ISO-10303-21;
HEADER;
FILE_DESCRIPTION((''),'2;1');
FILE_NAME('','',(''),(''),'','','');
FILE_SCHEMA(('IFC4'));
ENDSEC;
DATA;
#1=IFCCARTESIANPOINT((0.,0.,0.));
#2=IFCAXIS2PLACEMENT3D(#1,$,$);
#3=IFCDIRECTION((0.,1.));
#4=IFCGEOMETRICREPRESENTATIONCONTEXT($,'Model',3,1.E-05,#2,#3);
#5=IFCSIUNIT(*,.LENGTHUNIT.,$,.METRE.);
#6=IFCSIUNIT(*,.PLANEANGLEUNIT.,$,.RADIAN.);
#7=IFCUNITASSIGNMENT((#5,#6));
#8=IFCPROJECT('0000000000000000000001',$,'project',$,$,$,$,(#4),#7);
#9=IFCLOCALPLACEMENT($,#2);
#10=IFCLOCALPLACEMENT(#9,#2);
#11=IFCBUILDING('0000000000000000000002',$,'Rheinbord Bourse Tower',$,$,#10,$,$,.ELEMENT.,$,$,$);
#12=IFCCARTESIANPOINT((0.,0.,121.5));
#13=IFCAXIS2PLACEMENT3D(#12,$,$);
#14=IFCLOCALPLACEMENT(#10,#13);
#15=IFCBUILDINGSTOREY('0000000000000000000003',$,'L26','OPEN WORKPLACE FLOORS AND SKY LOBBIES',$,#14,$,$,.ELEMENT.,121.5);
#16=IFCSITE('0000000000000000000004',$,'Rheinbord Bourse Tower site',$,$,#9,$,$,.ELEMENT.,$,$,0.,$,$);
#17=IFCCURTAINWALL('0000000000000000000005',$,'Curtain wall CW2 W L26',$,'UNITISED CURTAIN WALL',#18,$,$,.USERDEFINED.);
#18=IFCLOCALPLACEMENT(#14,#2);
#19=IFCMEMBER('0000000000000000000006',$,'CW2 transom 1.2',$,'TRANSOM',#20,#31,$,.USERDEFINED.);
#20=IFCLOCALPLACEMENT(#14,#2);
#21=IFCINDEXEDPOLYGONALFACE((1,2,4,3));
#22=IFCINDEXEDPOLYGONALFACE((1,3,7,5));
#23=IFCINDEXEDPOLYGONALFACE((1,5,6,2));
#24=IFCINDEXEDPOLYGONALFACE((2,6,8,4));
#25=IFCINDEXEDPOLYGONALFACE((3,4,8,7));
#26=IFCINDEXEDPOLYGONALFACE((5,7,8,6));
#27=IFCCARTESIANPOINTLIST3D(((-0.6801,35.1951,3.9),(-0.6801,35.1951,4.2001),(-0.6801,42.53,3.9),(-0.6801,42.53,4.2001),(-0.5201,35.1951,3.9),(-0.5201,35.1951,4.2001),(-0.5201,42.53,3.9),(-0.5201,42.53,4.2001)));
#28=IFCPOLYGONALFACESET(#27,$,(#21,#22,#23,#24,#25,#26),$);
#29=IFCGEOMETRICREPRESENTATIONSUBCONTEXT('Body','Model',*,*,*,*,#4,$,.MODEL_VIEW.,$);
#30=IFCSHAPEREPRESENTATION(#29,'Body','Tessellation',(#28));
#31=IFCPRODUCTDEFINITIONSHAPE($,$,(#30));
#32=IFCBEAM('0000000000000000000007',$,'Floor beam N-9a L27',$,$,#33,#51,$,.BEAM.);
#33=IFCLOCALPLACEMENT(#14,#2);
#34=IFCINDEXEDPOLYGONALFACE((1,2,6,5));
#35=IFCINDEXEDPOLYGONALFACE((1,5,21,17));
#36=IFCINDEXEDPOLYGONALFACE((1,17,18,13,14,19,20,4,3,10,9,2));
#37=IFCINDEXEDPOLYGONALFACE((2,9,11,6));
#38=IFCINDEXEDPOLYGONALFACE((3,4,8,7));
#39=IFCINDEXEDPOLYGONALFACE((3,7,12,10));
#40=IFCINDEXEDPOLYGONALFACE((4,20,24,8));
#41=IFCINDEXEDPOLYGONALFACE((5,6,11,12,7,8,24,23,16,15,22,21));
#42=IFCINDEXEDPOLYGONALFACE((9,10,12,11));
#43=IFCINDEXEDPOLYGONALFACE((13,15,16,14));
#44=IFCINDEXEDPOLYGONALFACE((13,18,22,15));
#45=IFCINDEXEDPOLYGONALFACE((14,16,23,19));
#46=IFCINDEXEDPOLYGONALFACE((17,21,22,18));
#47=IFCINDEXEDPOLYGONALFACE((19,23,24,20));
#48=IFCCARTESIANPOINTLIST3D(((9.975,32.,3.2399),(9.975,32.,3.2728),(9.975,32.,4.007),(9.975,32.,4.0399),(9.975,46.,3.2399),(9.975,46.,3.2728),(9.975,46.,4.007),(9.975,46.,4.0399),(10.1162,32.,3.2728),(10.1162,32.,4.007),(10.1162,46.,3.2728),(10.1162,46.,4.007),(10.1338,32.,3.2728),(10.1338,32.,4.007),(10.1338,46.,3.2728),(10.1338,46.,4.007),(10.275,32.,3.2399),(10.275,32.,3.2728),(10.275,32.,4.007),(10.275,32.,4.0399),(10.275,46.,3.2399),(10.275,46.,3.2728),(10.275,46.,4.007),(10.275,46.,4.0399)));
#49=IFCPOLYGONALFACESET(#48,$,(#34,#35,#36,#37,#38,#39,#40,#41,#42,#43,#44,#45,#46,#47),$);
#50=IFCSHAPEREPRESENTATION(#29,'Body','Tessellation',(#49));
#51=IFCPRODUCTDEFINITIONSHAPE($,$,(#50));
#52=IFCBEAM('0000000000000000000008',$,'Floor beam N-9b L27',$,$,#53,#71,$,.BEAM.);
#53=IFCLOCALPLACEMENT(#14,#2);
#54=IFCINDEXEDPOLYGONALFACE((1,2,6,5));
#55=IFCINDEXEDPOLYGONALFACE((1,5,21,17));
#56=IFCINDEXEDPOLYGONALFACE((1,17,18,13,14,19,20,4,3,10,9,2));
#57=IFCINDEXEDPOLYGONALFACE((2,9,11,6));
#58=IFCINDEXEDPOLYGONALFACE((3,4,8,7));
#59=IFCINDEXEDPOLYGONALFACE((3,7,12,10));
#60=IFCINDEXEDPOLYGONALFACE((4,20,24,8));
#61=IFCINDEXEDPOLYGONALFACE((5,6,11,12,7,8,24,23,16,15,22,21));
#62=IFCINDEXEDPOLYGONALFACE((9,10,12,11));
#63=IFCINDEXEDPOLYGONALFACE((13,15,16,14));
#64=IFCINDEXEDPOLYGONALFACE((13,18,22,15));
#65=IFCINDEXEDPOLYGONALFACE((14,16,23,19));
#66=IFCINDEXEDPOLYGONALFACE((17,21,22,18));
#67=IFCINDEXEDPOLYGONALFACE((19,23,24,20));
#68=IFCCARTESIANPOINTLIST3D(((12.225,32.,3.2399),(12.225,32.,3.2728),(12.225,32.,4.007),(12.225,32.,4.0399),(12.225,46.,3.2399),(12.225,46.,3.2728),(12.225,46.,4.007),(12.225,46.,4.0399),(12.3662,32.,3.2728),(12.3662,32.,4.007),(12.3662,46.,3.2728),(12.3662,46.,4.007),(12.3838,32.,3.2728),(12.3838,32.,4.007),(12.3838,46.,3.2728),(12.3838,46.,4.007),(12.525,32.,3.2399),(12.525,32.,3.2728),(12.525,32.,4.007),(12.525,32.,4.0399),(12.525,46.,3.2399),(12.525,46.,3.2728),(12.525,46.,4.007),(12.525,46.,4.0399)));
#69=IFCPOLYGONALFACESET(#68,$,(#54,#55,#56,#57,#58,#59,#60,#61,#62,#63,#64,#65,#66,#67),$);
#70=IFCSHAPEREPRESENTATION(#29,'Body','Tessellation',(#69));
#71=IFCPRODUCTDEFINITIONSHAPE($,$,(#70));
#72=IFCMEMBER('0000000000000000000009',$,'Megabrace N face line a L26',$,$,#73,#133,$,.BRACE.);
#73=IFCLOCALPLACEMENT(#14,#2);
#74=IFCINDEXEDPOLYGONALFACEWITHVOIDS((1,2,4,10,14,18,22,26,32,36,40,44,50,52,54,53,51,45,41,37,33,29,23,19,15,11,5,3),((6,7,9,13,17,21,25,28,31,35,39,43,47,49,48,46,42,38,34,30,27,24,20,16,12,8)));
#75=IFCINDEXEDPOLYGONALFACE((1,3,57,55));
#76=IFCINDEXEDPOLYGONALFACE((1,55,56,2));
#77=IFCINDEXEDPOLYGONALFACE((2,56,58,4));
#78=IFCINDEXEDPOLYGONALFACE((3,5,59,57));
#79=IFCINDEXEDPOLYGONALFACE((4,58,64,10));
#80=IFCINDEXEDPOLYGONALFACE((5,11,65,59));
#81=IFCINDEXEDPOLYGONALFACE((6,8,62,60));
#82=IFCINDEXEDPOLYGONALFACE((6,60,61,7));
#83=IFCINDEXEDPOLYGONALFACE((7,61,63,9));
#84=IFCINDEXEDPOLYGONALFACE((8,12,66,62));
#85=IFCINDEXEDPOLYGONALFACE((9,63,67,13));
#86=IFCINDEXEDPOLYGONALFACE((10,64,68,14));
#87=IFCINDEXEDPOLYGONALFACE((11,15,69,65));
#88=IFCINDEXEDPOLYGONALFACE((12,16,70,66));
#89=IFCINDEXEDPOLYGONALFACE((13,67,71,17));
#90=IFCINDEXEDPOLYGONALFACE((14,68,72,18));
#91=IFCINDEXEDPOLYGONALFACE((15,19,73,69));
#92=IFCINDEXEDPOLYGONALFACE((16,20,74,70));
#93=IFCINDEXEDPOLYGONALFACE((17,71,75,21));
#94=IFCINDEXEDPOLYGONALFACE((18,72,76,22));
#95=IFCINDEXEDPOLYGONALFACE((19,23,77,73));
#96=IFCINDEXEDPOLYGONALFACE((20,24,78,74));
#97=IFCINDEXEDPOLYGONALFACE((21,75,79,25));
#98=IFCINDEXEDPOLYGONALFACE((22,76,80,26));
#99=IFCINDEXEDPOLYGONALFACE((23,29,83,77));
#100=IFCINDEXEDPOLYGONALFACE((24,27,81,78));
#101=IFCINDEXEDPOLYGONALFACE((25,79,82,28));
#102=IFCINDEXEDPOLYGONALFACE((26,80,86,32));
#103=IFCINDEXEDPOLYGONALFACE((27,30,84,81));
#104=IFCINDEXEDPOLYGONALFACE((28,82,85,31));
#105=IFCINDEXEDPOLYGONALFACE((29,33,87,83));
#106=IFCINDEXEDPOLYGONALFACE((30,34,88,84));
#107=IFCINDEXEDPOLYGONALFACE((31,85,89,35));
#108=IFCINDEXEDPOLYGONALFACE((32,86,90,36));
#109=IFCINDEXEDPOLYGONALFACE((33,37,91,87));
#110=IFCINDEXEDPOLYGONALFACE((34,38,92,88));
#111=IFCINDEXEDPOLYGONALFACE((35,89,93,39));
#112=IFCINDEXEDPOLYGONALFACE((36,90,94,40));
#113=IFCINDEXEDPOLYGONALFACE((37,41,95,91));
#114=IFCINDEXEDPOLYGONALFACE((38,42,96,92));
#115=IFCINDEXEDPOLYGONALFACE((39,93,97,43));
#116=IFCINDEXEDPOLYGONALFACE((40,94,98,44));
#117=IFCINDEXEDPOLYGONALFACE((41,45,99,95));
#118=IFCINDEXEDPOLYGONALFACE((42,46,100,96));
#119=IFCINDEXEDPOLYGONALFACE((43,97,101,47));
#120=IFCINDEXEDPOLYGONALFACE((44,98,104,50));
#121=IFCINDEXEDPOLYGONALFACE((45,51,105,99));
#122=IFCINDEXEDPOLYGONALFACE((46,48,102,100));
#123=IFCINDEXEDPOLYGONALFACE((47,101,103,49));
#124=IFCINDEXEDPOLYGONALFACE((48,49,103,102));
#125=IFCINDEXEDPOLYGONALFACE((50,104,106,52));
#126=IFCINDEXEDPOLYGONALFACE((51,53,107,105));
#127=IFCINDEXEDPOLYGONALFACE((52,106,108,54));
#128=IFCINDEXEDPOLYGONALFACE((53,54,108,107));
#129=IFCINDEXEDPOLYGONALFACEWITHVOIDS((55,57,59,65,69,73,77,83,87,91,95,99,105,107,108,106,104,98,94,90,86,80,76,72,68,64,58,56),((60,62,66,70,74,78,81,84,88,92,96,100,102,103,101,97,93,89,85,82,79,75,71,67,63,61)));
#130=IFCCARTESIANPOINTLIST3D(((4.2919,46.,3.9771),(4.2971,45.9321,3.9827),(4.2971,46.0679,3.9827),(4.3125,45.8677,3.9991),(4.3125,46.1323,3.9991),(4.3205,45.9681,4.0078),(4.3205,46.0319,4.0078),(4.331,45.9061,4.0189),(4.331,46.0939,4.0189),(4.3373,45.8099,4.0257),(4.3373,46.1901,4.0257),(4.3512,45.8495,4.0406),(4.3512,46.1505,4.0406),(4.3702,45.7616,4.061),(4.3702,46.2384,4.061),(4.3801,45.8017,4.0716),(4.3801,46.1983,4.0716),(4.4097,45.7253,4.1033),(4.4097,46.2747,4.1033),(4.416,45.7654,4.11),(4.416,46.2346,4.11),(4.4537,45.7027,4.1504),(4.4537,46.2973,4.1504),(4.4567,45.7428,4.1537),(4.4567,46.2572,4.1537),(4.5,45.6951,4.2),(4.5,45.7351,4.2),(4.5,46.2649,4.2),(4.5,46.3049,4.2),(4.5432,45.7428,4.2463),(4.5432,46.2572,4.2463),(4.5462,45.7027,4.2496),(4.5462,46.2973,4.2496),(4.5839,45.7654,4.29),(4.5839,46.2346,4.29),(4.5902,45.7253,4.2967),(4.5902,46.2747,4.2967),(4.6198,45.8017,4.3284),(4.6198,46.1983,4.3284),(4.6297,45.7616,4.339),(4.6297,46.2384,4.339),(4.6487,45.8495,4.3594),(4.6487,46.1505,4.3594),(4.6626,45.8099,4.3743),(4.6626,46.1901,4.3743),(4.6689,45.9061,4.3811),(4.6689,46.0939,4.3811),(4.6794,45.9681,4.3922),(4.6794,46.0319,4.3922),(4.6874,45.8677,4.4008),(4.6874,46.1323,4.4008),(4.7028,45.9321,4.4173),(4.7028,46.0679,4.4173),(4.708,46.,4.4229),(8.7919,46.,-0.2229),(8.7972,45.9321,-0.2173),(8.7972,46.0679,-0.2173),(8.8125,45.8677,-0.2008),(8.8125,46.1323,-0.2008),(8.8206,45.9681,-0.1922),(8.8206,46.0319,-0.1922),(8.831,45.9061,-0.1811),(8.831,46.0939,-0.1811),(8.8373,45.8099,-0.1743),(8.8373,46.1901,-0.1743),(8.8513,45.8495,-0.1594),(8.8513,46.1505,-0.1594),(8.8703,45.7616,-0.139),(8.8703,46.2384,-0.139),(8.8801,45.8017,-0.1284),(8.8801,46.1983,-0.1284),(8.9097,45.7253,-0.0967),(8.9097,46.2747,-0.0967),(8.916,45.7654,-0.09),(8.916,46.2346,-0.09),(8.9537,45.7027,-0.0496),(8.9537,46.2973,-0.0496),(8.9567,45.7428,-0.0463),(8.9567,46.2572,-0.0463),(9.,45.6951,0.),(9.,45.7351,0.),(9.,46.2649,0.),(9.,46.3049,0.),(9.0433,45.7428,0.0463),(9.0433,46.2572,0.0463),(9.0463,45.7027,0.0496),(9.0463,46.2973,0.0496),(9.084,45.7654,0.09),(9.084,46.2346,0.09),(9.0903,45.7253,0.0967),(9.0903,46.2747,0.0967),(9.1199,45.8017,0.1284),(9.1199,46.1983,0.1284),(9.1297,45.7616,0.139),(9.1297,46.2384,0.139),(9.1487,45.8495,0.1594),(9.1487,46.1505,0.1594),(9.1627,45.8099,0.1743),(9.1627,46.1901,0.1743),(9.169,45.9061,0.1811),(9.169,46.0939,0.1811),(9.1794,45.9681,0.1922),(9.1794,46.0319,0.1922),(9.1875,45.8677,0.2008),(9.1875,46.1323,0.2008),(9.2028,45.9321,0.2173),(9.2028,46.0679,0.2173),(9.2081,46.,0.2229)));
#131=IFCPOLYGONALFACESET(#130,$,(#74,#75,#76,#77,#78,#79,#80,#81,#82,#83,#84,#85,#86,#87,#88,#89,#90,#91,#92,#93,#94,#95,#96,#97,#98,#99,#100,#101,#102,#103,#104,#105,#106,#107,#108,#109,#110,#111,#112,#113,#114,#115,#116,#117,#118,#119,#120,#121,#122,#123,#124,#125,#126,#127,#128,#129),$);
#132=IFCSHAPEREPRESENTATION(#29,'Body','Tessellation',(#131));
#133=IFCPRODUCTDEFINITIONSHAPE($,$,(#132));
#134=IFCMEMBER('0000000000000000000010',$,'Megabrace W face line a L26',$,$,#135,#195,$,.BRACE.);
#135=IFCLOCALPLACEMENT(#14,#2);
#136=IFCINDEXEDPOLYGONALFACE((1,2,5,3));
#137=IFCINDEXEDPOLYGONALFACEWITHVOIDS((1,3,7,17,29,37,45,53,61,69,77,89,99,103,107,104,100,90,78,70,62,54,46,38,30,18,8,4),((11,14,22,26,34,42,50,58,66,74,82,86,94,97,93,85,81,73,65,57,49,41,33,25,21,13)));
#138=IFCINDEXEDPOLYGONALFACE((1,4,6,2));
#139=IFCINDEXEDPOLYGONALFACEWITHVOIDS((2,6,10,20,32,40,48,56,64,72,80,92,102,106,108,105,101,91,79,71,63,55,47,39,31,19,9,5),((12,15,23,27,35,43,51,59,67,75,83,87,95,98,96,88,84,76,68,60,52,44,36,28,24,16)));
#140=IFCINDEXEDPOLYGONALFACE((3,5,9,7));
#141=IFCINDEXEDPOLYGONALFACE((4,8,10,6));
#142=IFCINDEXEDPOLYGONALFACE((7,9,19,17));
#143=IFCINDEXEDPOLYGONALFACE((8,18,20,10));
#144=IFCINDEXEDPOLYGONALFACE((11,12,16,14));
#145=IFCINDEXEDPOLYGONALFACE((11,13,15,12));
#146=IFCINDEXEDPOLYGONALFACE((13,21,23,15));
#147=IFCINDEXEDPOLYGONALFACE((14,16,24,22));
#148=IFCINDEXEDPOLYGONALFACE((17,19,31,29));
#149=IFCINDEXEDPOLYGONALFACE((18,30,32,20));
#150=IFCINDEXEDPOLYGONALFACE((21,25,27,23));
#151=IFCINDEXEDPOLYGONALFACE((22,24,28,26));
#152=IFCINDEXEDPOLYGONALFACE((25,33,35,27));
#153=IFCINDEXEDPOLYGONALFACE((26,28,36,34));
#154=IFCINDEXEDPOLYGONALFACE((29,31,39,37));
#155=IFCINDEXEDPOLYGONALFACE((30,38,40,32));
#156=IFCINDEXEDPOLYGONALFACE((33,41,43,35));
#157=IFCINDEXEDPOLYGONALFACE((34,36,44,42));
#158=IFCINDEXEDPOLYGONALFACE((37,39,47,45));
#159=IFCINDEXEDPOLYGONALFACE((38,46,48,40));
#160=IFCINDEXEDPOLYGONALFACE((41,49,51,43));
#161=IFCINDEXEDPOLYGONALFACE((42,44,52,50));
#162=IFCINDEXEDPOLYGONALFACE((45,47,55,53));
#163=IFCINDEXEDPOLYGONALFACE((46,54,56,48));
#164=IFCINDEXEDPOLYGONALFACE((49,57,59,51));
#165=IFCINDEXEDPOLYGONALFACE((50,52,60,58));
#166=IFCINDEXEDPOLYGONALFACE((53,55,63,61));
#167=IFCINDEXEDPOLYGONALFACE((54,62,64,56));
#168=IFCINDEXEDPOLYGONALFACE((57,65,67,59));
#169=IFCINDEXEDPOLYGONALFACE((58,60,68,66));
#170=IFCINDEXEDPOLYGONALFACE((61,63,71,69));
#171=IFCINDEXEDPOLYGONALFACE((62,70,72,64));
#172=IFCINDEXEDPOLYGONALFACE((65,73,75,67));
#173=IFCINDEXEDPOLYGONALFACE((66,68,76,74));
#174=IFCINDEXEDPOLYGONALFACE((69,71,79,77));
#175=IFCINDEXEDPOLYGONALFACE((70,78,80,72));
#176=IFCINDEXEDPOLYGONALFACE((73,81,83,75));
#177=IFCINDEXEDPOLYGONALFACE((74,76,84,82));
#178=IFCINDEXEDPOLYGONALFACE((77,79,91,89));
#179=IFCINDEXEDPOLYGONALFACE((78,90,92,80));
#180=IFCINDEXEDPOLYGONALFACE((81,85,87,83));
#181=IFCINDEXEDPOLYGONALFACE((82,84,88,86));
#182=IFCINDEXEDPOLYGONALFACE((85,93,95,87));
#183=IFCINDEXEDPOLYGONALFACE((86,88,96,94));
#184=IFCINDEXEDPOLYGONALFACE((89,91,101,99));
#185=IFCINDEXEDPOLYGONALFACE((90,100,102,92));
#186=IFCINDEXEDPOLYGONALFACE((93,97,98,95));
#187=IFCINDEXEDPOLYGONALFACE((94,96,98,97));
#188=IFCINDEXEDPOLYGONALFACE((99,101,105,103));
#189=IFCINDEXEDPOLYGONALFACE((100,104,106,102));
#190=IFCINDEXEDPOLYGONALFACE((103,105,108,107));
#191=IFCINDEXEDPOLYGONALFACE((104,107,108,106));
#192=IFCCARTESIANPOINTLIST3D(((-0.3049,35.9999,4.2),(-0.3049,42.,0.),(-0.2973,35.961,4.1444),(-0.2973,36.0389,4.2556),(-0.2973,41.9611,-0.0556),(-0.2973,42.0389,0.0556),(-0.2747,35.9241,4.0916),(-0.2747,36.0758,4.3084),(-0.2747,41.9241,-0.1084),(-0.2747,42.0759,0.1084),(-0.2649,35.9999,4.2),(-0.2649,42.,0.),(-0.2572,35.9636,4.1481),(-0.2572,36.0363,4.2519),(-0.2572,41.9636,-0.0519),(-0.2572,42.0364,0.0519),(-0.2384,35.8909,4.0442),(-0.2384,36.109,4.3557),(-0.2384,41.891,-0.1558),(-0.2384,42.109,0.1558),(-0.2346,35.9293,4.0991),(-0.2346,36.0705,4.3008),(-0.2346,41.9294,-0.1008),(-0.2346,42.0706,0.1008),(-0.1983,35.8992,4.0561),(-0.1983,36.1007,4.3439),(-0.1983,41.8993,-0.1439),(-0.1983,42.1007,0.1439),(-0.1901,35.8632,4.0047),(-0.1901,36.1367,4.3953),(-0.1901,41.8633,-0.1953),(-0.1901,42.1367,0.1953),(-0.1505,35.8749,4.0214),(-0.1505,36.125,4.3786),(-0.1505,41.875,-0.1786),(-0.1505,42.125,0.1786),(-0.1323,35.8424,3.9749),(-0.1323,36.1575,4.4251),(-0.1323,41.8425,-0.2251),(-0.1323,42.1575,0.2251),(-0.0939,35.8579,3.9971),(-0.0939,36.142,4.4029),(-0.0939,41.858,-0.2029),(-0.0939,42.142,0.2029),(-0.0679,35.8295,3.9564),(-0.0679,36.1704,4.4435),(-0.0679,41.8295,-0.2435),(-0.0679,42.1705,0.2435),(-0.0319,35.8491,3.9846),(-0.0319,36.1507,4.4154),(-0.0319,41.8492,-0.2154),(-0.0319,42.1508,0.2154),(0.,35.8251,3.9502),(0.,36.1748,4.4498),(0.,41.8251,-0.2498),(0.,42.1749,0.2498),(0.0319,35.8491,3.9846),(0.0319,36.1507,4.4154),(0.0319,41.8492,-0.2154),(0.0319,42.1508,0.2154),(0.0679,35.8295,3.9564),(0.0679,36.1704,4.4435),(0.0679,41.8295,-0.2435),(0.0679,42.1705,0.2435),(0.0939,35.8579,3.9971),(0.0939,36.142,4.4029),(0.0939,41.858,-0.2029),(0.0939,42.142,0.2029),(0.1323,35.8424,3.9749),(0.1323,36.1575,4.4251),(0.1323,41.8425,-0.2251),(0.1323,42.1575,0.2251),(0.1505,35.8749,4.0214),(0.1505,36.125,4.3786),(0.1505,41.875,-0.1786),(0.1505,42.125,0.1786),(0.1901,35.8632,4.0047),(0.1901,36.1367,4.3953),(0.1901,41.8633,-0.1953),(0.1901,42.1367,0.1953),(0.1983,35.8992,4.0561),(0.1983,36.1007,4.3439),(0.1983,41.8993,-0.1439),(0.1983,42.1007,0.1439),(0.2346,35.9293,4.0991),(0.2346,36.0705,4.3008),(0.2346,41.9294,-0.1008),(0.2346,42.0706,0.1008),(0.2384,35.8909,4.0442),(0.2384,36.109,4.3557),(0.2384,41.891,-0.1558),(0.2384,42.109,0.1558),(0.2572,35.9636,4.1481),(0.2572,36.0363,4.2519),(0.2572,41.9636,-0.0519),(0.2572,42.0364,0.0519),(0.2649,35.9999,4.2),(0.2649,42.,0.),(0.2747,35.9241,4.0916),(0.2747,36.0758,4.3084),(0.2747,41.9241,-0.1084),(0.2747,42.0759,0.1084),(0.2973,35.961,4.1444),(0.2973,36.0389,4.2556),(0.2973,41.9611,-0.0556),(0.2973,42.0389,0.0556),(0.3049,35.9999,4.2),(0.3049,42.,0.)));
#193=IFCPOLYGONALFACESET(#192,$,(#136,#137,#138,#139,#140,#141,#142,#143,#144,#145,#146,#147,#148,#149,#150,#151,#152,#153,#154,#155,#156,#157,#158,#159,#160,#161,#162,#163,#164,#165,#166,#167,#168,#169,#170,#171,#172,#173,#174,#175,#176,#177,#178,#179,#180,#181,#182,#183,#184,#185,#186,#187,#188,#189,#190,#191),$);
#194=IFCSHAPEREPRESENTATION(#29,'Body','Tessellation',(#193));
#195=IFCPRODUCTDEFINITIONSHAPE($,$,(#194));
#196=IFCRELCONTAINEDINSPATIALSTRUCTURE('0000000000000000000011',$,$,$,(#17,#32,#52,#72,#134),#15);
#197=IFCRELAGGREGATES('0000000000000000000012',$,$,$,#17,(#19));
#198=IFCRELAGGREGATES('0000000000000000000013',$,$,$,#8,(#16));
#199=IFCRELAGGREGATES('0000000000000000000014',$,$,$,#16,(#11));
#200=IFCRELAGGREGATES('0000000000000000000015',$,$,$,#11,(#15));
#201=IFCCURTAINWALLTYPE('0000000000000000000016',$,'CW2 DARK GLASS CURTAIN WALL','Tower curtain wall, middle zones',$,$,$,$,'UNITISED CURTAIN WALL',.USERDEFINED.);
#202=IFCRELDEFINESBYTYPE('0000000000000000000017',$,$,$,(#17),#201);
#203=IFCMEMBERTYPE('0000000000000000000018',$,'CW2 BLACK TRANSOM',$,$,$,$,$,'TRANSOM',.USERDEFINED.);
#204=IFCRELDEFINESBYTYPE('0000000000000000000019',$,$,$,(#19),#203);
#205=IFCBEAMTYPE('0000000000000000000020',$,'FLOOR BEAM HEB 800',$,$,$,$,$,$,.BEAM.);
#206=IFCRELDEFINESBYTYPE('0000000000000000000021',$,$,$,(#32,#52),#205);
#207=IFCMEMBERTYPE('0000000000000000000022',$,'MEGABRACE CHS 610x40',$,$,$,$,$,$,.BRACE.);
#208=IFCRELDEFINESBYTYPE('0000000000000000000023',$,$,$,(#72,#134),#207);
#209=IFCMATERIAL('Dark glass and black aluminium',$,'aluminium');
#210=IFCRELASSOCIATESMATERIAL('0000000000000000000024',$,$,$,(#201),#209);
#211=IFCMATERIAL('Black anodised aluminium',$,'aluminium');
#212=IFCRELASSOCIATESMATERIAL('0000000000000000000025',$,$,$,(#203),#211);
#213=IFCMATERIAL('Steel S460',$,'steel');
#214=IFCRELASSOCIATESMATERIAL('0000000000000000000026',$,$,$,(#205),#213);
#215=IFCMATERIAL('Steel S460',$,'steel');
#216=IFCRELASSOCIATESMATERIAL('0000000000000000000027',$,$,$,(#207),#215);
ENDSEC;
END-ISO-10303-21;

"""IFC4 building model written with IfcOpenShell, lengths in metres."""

from ifc_helpers import new_model, si_unit, direction, frame, origin, origin_2d, place, context, subcontext, project, spatial, rectangle, hollow_circle, i_section, extrude, material, material_profile, profile_set, type_object, element, aggregate, save


model = new_model("IFC4")

# Units and contexts
model_context = context("Model", 3, precision=1e-05, world=origin(), true_north=direction((0.0, 1.0)))
body_context = subcontext(model_context, "Body", "Model", "MODEL_VIEW")
ifc_project = project(units=[si_unit("LENGTHUNIT", "METRE"), si_unit("PLANEANGLEUNIT", "RADIAN")], contexts=[model_context])

# Site, building, storey
site_placement = place(None, origin())
site = spatial("IfcSite", under=ifc_project, at=site_placement, Name="Rheinbord Bourse Tower site", CompositionType="ELEMENT", RefElevation=0.0)
building_placement = place(site_placement, origin())
building = spatial("IfcBuilding", under=site, at=building_placement, Name="Rheinbord Bourse Tower", CompositionType="ELEMENT")
storey_placement = place(building_placement, frame((0.0, 0.0, 121.5)))
storey = spatial("IfcBuildingStorey", under=building, at=storey_placement, Name="L26", Description="OPEN WORKPLACE FLOORS AND SKY LOBBIES", CompositionType="ELEMENT", Elevation=121.5)

# Shared definitions
ifc_material_1 = material(Name="Dark glass and black aluminium", Category="aluminium")
curtain_wall_type = type_object("IfcCurtainWallType", Name="CW2 DARK GLASS CURTAIN WALL", Description="Tower curtain wall, middle zones", ElementType="UNITISED CURTAIN WALL", PredefinedType="USERDEFINED", material=ifc_material_1)

# Curtain wall
curtain_wall_1_placement = place(storey_placement, origin())
curtain_wall_1 = element("IfcCurtainWall", 1, at=curtain_wall_1_placement, inside=storey, type_object=curtain_wall_type, Name="Curtain wall CW2 W L26", ObjectType="UNITISED CURTAIN WALL", PredefinedType="USERDEFINED")

# Member
ifc_material_2 = material(Name="Black anodised aluminium", Category="aluminium")
ifc_material_profile_1 = material_profile(ifc_material_2, rectangle(XDim=0.1599, YDim=0.3, at=origin_2d()), Name="CW2 TRANSOM 300x160")
ifc_profile_set_1 = profile_set([ifc_material_profile_1], Name="Black anodised aluminium")
member_type_1 = type_object("IfcMemberType", Name="CW2 BLACK TRANSOM", ElementType="TRANSOM", PredefinedType="USERDEFINED", material=ifc_profile_set_1)
member_1_placement = place(storey_placement, frame((-0.6001, 42.53, 4.05), z_axis=(0.0, -1.0, 0.0), x_axis=(1.0, 0.0, 0.0)))
member_1 = element("IfcMember", 2, at=member_1_placement, type_object=member_type_1, Name="CW2 transom 1.2", ObjectType="TRANSOM", PredefinedType="USERDEFINED", context=body_context, shape_type="SweptSolid", body=[
    extrude(rectangle(XDim=0.1599, YDim=0.3, at=origin_2d()), origin(), (0.0, 0.0, 1.0), 7.335),
])

# Beams
ifc_material_3 = material(Name="Steel S460", Category="steel")
ifc_material_profile_2 = material_profile(ifc_material_3, i_section(OverallWidth=0.3, OverallDepth=0.8, WebThickness=0.0176, FlangeThickness=0.033, at=origin_2d()), Name="HEB 800")
ifc_profile_set_2 = profile_set([ifc_material_profile_2], Name="Steel S460")
beam_type_1 = type_object("IfcBeamType", Name="FLOOR BEAM HEB 800", PredefinedType="BEAM", material=ifc_profile_set_2)
for number, where, z_axis, x_axis, name in (
    (3, (10.125, 46.0, 3.6399), (0.0, -1.0, 0.0), (1.0, 0.0, 0.0), "Floor beam N-9a L27"),
    (4, (12.375, 46.0, 3.6399), (0.0, -1.0, 0.0), (1.0, 0.0, 0.0), "Floor beam N-9b L27"),
):
    element("IfcBeam", number, at=place(storey_placement, frame(where, z_axis=z_axis, x_axis=x_axis)), inside=storey, type_object=beam_type_1, Name=name, PredefinedType="BEAM", context=body_context, shape_type="SweptSolid", body=[
        extrude(i_section(OverallWidth=0.3, OverallDepth=0.8, WebThickness=0.0176, FlangeThickness=0.033, at=origin_2d()), origin(), (0.0, 0.0, 1.0), 14.0),
    ])

# Members
ifc_material_4 = material(Name="Steel S460", Category="steel")
ifc_material_profile_3 = material_profile(ifc_material_4, hollow_circle(Radius=0.3049, WallThickness=0.04, at=origin_2d()), Name="CHS 610x40")
ifc_profile_set_3 = profile_set([ifc_material_profile_3], Name="Steel S460")
member_type_2 = type_object("IfcMemberType", Name="MEGABRACE CHS 610x40", PredefinedType="BRACE", material=ifc_profile_set_3)
member_2_placement = place(storey_placement, frame((9.0, 46.0, 0.0), z_axis=(-0.731059, 0.0, 0.682314), x_axis=(0.0, -1.0, 0.0)))
element("IfcMember", 5, at=member_2_placement, inside=storey, type_object=member_type_2, Name="Megabrace N face line a L26", PredefinedType="BRACE", context=body_context, shape_type="SweptSolid", body=[
    extrude(hollow_circle(Radius=0.3049, WallThickness=0.04, at=origin_2d()), origin(), (0.0, 0.0, 1.0), 6.1555),
])
member_3_placement = place(storey_placement, frame((0.0, 42.0, 0.0), z_axis=(0.0, -0.819235, 0.573458), x_axis=(1.0, 0.0, 0.0)))
element("IfcMember", 6, at=member_3_placement, inside=storey, type_object=member_type_2, Name="Megabrace W face line a L26", PredefinedType="BRACE", context=body_context, shape_type="SweptSolid", body=[
    extrude(hollow_circle(Radius=0.3049, WallThickness=0.04, at=origin_2d()), origin(), (0.0, 0.0, 1.0), 7.324),
])

aggregate(curtain_wall_1, [member_1])

save(model, "model.ifc")
